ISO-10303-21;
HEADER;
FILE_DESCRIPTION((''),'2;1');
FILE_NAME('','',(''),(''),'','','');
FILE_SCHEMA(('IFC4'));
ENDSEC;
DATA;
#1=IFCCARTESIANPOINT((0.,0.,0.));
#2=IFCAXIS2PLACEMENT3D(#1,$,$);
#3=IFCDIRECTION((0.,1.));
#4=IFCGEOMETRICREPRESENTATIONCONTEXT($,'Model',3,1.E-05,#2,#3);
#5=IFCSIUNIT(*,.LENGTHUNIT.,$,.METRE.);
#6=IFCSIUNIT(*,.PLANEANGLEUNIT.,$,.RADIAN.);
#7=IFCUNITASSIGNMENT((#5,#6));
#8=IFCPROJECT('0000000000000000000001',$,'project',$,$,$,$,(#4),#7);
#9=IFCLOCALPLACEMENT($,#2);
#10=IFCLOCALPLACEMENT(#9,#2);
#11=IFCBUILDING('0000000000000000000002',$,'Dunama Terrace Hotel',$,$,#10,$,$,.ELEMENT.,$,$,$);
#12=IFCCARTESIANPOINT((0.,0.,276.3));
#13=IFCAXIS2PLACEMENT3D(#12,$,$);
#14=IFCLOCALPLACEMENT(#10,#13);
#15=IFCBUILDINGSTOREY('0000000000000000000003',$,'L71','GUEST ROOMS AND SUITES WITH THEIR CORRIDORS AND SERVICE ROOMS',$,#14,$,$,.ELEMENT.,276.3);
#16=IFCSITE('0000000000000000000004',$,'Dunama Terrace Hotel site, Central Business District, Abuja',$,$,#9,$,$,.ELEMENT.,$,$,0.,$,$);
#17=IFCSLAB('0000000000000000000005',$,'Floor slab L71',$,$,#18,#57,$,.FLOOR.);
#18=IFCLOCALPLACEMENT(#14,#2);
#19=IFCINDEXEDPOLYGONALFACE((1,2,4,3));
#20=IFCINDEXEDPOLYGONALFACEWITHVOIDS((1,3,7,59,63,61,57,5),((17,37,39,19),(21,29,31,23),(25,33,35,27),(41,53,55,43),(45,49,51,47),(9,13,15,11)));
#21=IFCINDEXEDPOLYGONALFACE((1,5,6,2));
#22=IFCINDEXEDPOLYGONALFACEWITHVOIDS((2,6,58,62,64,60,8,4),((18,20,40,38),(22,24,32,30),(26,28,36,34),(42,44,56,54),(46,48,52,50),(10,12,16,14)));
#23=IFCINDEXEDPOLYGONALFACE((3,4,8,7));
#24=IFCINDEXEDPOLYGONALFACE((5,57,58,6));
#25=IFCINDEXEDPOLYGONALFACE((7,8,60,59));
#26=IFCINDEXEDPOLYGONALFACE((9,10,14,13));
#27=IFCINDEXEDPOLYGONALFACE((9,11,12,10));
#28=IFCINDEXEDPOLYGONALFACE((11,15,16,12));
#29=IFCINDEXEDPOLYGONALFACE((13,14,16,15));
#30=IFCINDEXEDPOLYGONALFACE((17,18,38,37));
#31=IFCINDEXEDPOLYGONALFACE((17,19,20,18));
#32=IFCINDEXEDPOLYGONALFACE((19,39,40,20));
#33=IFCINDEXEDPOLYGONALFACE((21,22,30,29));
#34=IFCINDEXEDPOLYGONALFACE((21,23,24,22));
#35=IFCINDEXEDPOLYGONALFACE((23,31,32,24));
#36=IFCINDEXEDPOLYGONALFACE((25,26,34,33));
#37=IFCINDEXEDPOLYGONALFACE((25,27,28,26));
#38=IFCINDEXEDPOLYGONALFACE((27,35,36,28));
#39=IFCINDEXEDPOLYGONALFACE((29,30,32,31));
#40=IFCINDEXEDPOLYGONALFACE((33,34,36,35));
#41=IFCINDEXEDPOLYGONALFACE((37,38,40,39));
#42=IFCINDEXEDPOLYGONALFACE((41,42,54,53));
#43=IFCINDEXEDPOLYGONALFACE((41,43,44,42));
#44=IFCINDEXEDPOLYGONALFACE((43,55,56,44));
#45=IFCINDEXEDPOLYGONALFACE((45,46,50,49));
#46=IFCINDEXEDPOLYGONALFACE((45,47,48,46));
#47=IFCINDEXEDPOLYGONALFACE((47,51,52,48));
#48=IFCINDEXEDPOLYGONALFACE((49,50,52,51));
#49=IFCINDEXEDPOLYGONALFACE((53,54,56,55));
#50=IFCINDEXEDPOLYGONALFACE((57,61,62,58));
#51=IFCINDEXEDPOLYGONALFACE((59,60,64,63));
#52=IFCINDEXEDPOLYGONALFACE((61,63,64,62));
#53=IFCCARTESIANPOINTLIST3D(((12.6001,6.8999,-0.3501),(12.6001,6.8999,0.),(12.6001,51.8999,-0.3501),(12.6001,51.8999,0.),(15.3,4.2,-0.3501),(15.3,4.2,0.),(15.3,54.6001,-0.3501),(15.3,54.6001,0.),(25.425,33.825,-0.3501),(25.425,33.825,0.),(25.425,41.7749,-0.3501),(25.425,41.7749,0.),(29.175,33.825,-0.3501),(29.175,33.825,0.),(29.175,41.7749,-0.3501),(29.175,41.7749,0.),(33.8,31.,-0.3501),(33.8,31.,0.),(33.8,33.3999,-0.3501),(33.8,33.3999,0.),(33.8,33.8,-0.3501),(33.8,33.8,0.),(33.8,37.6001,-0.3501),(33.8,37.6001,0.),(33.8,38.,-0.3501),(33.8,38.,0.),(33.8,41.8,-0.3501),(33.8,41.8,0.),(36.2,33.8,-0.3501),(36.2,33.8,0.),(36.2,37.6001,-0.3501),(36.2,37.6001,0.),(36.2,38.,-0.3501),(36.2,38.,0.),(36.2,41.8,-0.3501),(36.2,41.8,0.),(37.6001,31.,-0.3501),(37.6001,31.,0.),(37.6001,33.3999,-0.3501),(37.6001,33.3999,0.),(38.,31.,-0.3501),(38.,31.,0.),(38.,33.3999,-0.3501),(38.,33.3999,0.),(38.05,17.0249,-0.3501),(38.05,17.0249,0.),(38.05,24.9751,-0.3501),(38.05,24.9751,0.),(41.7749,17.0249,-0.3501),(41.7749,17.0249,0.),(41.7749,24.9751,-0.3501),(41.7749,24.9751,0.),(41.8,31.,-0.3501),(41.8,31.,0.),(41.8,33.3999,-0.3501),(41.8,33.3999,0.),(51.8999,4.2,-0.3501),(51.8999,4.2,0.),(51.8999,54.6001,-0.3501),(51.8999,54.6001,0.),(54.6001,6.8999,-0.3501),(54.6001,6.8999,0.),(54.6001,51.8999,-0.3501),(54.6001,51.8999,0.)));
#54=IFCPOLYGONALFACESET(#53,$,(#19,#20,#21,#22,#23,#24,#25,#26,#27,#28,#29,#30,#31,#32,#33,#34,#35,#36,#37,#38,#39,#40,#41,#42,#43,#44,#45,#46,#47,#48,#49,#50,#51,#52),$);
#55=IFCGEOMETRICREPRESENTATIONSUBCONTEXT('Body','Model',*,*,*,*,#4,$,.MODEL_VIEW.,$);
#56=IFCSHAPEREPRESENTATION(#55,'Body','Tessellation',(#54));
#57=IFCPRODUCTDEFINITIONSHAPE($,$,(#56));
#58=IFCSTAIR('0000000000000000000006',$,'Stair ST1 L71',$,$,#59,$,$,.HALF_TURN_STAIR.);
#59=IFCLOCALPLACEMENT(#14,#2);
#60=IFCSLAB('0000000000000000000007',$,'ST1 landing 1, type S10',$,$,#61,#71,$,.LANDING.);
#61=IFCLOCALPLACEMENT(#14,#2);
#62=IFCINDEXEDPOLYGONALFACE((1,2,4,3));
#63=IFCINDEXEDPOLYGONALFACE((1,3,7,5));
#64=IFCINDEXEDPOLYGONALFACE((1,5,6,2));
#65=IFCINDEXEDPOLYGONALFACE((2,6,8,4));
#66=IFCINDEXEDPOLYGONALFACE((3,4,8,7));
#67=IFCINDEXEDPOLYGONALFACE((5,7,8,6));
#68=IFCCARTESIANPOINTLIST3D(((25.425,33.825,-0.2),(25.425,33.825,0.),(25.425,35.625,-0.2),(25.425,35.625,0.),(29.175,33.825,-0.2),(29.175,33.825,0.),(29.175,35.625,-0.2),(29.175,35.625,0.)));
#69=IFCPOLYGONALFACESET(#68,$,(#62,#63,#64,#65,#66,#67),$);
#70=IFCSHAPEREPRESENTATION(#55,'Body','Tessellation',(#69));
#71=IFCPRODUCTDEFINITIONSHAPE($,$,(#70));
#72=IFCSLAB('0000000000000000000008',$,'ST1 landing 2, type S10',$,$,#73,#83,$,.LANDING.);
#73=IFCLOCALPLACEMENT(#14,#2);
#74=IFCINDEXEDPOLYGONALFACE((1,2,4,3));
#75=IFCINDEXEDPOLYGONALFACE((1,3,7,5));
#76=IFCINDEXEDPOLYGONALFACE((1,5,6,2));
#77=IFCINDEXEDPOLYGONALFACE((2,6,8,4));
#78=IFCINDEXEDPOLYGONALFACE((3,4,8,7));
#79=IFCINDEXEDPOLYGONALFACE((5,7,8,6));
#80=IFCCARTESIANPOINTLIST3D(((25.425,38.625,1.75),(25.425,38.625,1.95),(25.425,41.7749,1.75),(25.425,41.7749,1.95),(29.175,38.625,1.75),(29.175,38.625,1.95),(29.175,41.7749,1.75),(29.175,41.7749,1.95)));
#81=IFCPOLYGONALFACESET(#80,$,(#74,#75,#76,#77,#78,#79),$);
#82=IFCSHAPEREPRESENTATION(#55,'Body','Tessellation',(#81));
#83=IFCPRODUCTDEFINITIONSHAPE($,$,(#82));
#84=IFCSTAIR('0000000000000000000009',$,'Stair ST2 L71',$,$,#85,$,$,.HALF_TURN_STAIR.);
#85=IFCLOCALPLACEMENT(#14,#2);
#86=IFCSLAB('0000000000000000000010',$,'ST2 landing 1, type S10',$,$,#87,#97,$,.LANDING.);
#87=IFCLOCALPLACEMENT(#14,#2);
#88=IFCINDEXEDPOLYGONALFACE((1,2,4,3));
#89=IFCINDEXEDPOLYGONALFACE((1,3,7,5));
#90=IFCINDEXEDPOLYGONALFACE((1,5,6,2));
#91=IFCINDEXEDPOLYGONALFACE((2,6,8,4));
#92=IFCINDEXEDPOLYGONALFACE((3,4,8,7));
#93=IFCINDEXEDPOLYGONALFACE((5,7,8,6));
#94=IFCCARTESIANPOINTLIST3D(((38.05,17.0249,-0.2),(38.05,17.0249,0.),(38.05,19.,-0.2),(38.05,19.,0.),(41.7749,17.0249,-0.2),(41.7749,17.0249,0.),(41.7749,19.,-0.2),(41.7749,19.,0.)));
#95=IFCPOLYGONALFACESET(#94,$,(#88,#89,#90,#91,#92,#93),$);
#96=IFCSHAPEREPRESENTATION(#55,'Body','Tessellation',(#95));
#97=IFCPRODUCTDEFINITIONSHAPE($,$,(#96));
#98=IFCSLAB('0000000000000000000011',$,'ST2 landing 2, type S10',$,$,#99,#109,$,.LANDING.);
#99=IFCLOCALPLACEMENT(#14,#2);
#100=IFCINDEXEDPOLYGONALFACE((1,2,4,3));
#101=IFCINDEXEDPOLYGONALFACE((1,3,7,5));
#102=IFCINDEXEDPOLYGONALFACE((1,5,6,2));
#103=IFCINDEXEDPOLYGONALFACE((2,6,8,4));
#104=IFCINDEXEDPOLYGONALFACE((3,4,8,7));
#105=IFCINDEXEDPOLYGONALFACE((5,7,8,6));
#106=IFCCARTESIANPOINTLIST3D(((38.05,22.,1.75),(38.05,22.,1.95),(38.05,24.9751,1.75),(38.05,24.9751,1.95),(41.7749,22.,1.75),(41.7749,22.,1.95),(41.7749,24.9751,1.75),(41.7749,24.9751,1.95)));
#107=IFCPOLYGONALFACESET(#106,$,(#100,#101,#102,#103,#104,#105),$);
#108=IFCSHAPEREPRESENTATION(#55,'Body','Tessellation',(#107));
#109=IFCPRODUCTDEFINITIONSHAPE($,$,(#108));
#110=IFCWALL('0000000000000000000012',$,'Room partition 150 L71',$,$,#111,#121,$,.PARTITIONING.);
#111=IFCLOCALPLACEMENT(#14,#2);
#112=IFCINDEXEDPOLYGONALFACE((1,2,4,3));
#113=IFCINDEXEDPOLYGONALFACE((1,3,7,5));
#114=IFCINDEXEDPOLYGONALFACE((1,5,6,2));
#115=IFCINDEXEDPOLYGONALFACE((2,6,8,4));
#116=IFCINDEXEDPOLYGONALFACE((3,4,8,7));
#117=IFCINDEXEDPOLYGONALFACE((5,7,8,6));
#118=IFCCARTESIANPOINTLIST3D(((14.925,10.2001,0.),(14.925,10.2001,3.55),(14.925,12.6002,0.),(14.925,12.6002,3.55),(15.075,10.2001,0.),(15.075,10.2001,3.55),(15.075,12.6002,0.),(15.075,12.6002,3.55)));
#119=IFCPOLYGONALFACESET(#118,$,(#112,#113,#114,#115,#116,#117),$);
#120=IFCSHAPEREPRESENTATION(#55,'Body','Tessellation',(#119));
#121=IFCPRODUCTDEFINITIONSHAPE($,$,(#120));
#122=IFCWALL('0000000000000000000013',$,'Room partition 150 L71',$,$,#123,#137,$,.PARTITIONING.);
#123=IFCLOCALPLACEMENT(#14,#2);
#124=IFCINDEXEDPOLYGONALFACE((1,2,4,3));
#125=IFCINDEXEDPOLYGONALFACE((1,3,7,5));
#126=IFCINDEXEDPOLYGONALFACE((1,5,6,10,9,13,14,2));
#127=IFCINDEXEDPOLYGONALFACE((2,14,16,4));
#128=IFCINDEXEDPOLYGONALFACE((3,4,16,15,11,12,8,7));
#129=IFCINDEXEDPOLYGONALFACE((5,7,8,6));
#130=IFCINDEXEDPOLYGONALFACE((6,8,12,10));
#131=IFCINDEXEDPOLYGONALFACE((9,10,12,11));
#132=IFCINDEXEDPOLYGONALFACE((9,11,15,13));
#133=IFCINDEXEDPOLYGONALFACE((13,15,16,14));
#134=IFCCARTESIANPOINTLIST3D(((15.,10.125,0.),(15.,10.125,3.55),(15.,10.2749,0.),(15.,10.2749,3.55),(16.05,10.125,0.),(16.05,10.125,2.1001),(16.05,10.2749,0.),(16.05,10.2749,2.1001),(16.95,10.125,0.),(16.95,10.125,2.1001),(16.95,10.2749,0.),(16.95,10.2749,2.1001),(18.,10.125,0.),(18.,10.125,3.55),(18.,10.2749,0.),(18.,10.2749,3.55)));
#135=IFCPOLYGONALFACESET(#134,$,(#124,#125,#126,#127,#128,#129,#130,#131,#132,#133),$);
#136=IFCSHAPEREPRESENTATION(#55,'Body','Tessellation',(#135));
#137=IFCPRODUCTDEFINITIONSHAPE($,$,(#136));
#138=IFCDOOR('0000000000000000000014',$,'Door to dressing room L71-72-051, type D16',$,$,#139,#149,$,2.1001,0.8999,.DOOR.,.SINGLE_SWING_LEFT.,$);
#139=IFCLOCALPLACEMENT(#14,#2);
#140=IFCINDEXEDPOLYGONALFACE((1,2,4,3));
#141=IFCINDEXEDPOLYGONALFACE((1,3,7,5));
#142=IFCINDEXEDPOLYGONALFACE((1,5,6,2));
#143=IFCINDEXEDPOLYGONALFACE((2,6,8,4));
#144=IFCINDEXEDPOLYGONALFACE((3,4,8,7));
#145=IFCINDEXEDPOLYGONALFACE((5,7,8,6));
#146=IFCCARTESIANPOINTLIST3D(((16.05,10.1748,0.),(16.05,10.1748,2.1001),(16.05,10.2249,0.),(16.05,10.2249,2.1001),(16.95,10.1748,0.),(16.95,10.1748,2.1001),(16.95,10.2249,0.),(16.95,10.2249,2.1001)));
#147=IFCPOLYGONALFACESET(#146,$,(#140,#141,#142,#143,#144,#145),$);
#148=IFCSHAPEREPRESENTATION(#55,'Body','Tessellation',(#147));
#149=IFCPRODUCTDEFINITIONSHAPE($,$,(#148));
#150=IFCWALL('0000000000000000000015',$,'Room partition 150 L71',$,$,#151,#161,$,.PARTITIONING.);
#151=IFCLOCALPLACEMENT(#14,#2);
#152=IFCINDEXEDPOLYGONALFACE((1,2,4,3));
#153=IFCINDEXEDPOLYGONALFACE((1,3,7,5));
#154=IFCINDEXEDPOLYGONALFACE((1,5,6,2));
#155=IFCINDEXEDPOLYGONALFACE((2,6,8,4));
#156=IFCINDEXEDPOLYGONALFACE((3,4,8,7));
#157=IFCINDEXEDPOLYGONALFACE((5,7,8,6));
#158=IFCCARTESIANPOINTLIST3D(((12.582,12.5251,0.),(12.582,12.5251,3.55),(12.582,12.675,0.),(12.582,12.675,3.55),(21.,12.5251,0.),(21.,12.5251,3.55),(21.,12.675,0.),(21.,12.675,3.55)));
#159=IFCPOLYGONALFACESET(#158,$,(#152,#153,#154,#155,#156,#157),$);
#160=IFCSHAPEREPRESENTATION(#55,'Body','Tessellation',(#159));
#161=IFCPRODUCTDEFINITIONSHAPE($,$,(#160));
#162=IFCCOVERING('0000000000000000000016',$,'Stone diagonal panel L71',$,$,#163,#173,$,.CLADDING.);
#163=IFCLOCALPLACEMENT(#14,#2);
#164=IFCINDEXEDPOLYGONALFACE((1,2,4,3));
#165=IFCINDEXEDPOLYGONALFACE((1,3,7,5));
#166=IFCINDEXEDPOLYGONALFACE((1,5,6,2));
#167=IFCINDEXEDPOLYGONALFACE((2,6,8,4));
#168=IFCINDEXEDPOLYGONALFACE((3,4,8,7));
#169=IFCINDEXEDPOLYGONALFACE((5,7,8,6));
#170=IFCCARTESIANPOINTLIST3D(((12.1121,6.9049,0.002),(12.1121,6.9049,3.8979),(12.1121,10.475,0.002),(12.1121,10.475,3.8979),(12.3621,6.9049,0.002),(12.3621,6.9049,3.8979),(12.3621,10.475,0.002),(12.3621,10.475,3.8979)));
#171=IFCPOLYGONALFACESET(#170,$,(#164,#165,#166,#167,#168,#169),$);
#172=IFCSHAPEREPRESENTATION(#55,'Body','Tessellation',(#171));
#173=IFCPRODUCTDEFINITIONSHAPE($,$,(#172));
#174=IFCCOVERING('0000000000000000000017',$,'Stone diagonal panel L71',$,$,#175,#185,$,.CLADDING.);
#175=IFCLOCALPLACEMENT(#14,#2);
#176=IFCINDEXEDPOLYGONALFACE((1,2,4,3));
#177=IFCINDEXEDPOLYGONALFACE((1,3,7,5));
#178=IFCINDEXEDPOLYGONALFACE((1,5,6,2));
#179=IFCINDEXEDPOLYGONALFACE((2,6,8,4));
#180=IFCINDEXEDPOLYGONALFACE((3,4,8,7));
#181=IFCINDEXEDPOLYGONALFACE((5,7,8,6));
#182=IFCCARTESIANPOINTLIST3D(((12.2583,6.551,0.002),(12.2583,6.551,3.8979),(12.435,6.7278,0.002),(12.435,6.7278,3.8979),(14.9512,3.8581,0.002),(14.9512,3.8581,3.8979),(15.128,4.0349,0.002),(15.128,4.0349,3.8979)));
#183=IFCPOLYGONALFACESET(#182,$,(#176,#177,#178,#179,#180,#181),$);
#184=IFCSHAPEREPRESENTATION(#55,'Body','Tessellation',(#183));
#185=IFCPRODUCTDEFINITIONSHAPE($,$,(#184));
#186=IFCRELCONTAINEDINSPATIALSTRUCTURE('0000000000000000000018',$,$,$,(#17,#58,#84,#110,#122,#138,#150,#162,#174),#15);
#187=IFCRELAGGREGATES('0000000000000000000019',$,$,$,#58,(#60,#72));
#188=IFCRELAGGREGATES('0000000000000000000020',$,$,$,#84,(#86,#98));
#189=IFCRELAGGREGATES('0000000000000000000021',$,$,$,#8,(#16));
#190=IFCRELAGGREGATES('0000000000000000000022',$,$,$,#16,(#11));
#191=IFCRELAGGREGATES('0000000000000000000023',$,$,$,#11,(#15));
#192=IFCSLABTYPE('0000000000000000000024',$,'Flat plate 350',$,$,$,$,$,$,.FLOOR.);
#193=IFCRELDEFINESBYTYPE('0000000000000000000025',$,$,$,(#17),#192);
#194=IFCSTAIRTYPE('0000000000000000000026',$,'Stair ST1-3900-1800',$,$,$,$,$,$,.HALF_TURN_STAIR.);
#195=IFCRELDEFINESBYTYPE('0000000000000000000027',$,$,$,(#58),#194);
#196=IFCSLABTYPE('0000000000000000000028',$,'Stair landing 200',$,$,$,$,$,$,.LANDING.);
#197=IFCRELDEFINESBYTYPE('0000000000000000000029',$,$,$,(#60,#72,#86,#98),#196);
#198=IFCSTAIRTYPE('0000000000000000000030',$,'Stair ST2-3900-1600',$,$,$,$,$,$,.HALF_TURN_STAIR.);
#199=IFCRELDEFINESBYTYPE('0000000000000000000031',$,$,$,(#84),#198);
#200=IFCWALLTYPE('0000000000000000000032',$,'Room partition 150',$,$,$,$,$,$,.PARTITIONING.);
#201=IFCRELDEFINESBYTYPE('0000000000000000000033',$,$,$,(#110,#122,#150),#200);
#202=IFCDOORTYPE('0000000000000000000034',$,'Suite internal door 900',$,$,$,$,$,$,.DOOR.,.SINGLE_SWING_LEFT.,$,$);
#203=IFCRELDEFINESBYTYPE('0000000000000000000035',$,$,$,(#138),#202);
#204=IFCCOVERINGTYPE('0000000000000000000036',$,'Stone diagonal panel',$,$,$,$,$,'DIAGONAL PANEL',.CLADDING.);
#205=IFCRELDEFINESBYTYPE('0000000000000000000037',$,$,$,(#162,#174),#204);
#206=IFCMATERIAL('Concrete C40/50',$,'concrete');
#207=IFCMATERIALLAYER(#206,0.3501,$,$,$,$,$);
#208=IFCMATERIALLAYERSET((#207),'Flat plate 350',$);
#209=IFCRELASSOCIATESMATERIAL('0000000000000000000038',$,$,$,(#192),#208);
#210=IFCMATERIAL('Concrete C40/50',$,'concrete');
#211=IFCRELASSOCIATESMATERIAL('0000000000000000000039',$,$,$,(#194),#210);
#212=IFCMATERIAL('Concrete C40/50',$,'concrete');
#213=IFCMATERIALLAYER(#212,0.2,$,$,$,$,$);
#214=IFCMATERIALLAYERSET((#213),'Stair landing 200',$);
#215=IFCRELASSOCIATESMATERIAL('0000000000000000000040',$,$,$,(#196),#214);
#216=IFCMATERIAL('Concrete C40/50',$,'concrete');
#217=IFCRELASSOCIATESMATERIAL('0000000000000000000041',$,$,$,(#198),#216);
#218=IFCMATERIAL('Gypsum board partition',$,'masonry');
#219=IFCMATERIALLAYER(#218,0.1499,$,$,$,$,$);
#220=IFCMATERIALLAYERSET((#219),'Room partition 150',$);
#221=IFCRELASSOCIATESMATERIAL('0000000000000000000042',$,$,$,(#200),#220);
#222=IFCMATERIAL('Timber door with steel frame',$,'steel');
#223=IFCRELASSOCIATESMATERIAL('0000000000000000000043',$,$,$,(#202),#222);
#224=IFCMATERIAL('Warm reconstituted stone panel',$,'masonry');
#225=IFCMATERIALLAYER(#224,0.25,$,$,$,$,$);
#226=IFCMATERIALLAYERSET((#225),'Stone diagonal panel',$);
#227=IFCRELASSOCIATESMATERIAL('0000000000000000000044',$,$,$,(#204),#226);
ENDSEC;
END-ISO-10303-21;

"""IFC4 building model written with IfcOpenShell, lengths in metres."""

from ifc_helpers import new_model, si_unit, direction, frame, frame_2d, origin, origin_2d, place, context, subcontext, project, spatial, polyline, rectangle, outline, extrude, material, layer, layer_set, type_object, element, fill, aggregate, save


model = new_model("IFC4")

# Units and contexts
model_context = context("Model", 3, precision=1e-05, world=origin(), true_north=direction((0.0, 1.0)))
body_context = subcontext(model_context, "Body", "Model", "MODEL_VIEW")
ifc_project = project(units=[si_unit("LENGTHUNIT", "METRE"), si_unit("PLANEANGLEUNIT", "RADIAN")], contexts=[model_context])

# Site, building, storey
site_placement = place(None, origin())
site = spatial("IfcSite", under=ifc_project, at=site_placement, Name="Dunama Terrace Hotel site, Central Business District, Abuja", CompositionType="ELEMENT", RefElevation=0.0)
building_placement = place(site_placement, origin())
building = spatial("IfcBuilding", under=site, at=building_placement, Name="Dunama Terrace Hotel", CompositionType="ELEMENT")
storey_placement = place(building_placement, frame((0.0, 0.0, 276.3)))
storey = spatial("IfcBuildingStorey", under=building, at=storey_placement, Name="L71", Description="GUEST ROOMS AND SUITES WITH THEIR CORRIDORS AND SERVICE ROOMS", CompositionType="ELEMENT", Elevation=276.3)

# Slab
ifc_material_1 = material(Name="Concrete C40/50", Category="concrete")
ifc_layer_1 = layer(ifc_material_1, 0.3501)
ifc_layer_set_1 = layer_set([ifc_layer_1], Name="Flat plate 350")
slab_type_1 = type_object("IfcSlabType", Name="Flat plate 350", PredefinedType="FLOOR", material=ifc_layer_set_1)
slab_1_placement = place(storey_placement, frame((0.0, 0.0, -0.3501)))
element("IfcSlab", 1, at=slab_1_placement, inside=storey, type_object=slab_type_1, Name="Floor slab L71", PredefinedType="FLOOR", context=body_context, shape_type="SweptSolid", body=[
    extrude(outline(polyline([(15.3, 4.2), (51.8999, 4.2), (54.6001, 6.8999), (54.6001, 51.8999), (51.8999, 54.6001), (15.3, 54.6001), (12.6001, 51.8999), (12.6001, 6.8999), (15.3, 4.2)]), holes=[polyline([(37.6001, 31.0), (37.6001, 33.3999), (33.8, 33.3999), (33.8, 31.0), (37.6001, 31.0)]), polyline([(41.8, 31.0), (41.8, 33.3999), (38.0, 33.3999), (38.0, 31.0), (41.8, 31.0)]), polyline([(36.2, 38.0), (36.2, 41.8), (33.8, 41.8), (33.8, 38.0), (36.2, 38.0)]), polyline([(36.2, 33.8), (36.2, 37.6001), (33.8, 37.6001), (33.8, 33.8), (36.2, 33.8)]), polyline([(29.175, 33.825), (29.175, 41.7749), (25.425, 41.7749), (25.425, 33.825), (29.175, 33.825)]), polyline([(41.7749, 17.0249), (41.7749, 24.9751), (38.05, 24.9751), (38.05, 17.0249), (41.7749, 17.0249)])]), origin(), (0.0, 0.0, 1.0), 0.3501),
])

# Stairs, slabs
ifc_material_2 = material(Name="Concrete C40/50", Category="concrete")
stair_type_1 = type_object("IfcStairType", Name="Stair ST1-3900-1800", PredefinedType="HALF_TURN_STAIR", material=ifc_material_2)
stair_1_placement = place(storey_placement, origin())
stair_1 = element("IfcStair", 2, at=stair_1_placement, inside=storey, type_object=stair_type_1, Name="Stair ST1 L71", PredefinedType="HALF_TURN_STAIR")
ifc_material_3 = material(Name="Concrete C40/50", Category="concrete")
ifc_layer_2 = layer(ifc_material_3, 0.2)
ifc_layer_set_2 = layer_set([ifc_layer_2], Name="Stair landing 200")
slab_type_2 = type_object("IfcSlabType", Name="Stair landing 200", PredefinedType="LANDING", material=ifc_layer_set_2)
slab_2_placement = place(storey_placement, frame((0.0, 0.0, -0.2)))
slab_2 = element("IfcSlab", 3, at=slab_2_placement, type_object=slab_type_2, Name="ST1 landing 1, type S10", PredefinedType="LANDING", context=body_context, shape_type="SweptSolid", body=[
    extrude(outline(polyline([(25.425, 33.825), (29.175, 33.825), (29.175, 35.625), (25.425, 35.625), (25.425, 33.825)])), origin(), (0.0, 0.0, 1.0), 0.2),
])
slab_3_placement = place(storey_placement, frame((0.0, 0.0, 1.75)))
slab_3 = element("IfcSlab", 4, at=slab_3_placement, type_object=slab_type_2, Name="ST1 landing 2, type S10", PredefinedType="LANDING", context=body_context, shape_type="SweptSolid", body=[
    extrude(outline(polyline([(25.425, 38.625), (29.175, 38.625), (29.175, 41.7749), (25.425, 41.7749), (25.425, 38.625)])), origin(), (0.0, 0.0, 1.0), 0.2),
])
aggregate(stair_1, [slab_2, slab_3])
ifc_material_4 = material(Name="Concrete C40/50", Category="concrete")
stair_type_2 = type_object("IfcStairType", Name="Stair ST2-3900-1600", PredefinedType="HALF_TURN_STAIR", material=ifc_material_4)
stair_2_placement = place(storey_placement, origin())
stair_2 = element("IfcStair", 5, at=stair_2_placement, inside=storey, type_object=stair_type_2, Name="Stair ST2 L71", PredefinedType="HALF_TURN_STAIR")
slab_4_placement = place(storey_placement, frame((0.0, 0.0, -0.2)))
slab_4 = element("IfcSlab", 6, at=slab_4_placement, type_object=slab_type_2, Name="ST2 landing 1, type S10", PredefinedType="LANDING", context=body_context, shape_type="SweptSolid", body=[
    extrude(outline(polyline([(38.05, 17.0249), (41.7749, 17.0249), (41.7749, 19.0), (38.05, 19.0), (38.05, 17.0249)])), origin(), (0.0, 0.0, 1.0), 0.2),
])
slab_5_placement = place(storey_placement, frame((0.0, 0.0, 1.75)))
slab_5 = element("IfcSlab", 7, at=slab_5_placement, type_object=slab_type_2, Name="ST2 landing 2, type S10", PredefinedType="LANDING", context=body_context, shape_type="SweptSolid", body=[
    extrude(outline(polyline([(38.05, 22.0), (41.7749, 22.0), (41.7749, 24.9751), (38.05, 24.9751), (38.05, 22.0)])), origin(), (0.0, 0.0, 1.0), 0.2),
])
aggregate(stair_2, [slab_4, slab_5])

# Wall
ifc_material_5 = material(Name="Gypsum board partition", Category="masonry")
ifc_layer_3 = layer(ifc_material_5, 0.1499)
ifc_layer_set_3 = layer_set([ifc_layer_3], Name="Room partition 150")
wall_type = type_object("IfcWallType", Name="Room partition 150", PredefinedType="PARTITIONING", material=ifc_layer_set_3)
wall_1_placement = place(storey_placement, frame((15.0, 10.2, 0.0), z_axis=(0.0, 0.0, 1.0), x_axis=(0.0, 1.0, 0.0)))
element("IfcWall", 8, at=wall_1_placement, inside=storey, type_object=wall_type, Name="Room partition 150 L71", PredefinedType="PARTITIONING", context=body_context, shape_type="SweptSolid", body=[
    extrude(rectangle(XDim=2.4001, YDim=0.1499, at=frame_2d((1.2002, 0.0))), origin(), (0.0, 0.0, 1.0), 3.55),
])

# Wall, opening, door
wall_2_placement = place(storey_placement, frame((15.0, 10.2, 0.0), z_axis=(0.0, 0.0, 1.0), x_axis=(1.0, 0.0, 0.0)))
wall_2 = element("IfcWall", 9, at=wall_2_placement, inside=storey, type_object=wall_type, Name="Room partition 150 L71", PredefinedType="PARTITIONING", context=body_context, shape_type="SweptSolid", body=[
    extrude(rectangle(XDim=3.0, YDim=0.1499, at=frame_2d((1.5, 0.0))), origin(), (0.0, 0.0, 1.0), 3.55),
])
opening_placement = place(wall_2_placement, frame((1.05, 0.0, 0.0)))
opening = element("IfcOpeningElement", 10, at=opening_placement, cuts=wall_2, PredefinedType="OPENING", context=body_context, shape_type="SweptSolid", body=[
    extrude(rectangle(XDim=0.8999, YDim=2.1001, at=frame_2d((0.45, 1.05))), frame((0.0, 0.085, 0.0), z_axis=(0.0, -1.0, 0.0), x_axis=(1.0, 0.0, 0.0)), (0.0, 0.0, 1.0), 0.1699),
])
ifc_material_6 = material(Name="Timber door with steel frame", Category="steel")
door_type = type_object("IfcDoorType", Name="Suite internal door 900", OperationType="SINGLE_SWING_LEFT", PredefinedType="DOOR", material=ifc_material_6)
door_placement = place(opening_placement, origin())
door = element("IfcDoor", 11, at=door_placement, inside=storey, type_object=door_type, Name="Door to dressing room L71-72-051, type D16", OperationType="SINGLE_SWING_LEFT", OverallHeight=2.1001, OverallWidth=0.8999, PredefinedType="DOOR", context=body_context, shape_type="SweptSolid", body=[
    extrude(rectangle(XDim=0.8999, YDim=2.1001, at=frame_2d((0.45, 1.05))), frame((0.0, 0.0249, 0.0), z_axis=(0.0, -1.0, 0.0), x_axis=(1.0, 0.0, 0.0)), (0.0, 0.0, 1.0), 0.05),
])
fill(opening, door)

# Wall
wall_3_placement = place(storey_placement, frame((12.582, 12.6001, 0.0), z_axis=(0.0, 0.0, 1.0), x_axis=(1.0, 0.0, 0.0)))
element("IfcWall", 12, at=wall_3_placement, inside=storey, type_object=wall_type, Name="Room partition 150 L71", PredefinedType="PARTITIONING", context=body_context, shape_type="SweptSolid", body=[
    extrude(rectangle(XDim=8.418, YDim=0.1499, at=frame_2d((4.209, 0.0))), origin(), (0.0, 0.0, 1.0), 3.55),
])

# Coverings
ifc_material_7 = material(Name="Warm reconstituted stone panel", Category="masonry")
ifc_layer_4 = layer(ifc_material_7, 0.25)
ifc_layer_set_4 = layer_set([ifc_layer_4], Name="Stone diagonal panel")
covering_type = type_object("IfcCoveringType", Name="Stone diagonal panel", ElementType="DIAGONAL PANEL", PredefinedType="CLADDING", material=ifc_layer_set_4)
covering_1_placement = place(storey_placement, frame((12.2371, 8.6899, 0.002), z_axis=(0.0, 0.0, 1.0), x_axis=(0.0, -1.0, 0.0)))
element("IfcCovering", 13, at=covering_1_placement, inside=storey, type_object=covering_type, Name="Stone diagonal panel L71", PredefinedType="CLADDING", context=body_context, shape_type="SweptSolid", body=[
    extrude(rectangle(XDim=3.5701, YDim=0.25, at=origin_2d()), origin(), (0.0, 0.0, 1.0), 3.896),
])
covering_2_placement = place(storey_placement, frame((13.6931, 5.293, 0.002), z_axis=(0.0, 0.0, 1.0), x_axis=(0.707107, -0.707107, 0.0)))
element("IfcCovering", 14, at=covering_2_placement, inside=storey, type_object=covering_type, Name="Stone diagonal panel L71", PredefinedType="CLADDING", context=body_context, shape_type="SweptSolid", body=[
    extrude(rectangle(XDim=3.8083, YDim=0.25, at=origin_2d()), origin(), (0.0, 0.0, 1.0), 3.896),
])

save(model, "model.ifc")
